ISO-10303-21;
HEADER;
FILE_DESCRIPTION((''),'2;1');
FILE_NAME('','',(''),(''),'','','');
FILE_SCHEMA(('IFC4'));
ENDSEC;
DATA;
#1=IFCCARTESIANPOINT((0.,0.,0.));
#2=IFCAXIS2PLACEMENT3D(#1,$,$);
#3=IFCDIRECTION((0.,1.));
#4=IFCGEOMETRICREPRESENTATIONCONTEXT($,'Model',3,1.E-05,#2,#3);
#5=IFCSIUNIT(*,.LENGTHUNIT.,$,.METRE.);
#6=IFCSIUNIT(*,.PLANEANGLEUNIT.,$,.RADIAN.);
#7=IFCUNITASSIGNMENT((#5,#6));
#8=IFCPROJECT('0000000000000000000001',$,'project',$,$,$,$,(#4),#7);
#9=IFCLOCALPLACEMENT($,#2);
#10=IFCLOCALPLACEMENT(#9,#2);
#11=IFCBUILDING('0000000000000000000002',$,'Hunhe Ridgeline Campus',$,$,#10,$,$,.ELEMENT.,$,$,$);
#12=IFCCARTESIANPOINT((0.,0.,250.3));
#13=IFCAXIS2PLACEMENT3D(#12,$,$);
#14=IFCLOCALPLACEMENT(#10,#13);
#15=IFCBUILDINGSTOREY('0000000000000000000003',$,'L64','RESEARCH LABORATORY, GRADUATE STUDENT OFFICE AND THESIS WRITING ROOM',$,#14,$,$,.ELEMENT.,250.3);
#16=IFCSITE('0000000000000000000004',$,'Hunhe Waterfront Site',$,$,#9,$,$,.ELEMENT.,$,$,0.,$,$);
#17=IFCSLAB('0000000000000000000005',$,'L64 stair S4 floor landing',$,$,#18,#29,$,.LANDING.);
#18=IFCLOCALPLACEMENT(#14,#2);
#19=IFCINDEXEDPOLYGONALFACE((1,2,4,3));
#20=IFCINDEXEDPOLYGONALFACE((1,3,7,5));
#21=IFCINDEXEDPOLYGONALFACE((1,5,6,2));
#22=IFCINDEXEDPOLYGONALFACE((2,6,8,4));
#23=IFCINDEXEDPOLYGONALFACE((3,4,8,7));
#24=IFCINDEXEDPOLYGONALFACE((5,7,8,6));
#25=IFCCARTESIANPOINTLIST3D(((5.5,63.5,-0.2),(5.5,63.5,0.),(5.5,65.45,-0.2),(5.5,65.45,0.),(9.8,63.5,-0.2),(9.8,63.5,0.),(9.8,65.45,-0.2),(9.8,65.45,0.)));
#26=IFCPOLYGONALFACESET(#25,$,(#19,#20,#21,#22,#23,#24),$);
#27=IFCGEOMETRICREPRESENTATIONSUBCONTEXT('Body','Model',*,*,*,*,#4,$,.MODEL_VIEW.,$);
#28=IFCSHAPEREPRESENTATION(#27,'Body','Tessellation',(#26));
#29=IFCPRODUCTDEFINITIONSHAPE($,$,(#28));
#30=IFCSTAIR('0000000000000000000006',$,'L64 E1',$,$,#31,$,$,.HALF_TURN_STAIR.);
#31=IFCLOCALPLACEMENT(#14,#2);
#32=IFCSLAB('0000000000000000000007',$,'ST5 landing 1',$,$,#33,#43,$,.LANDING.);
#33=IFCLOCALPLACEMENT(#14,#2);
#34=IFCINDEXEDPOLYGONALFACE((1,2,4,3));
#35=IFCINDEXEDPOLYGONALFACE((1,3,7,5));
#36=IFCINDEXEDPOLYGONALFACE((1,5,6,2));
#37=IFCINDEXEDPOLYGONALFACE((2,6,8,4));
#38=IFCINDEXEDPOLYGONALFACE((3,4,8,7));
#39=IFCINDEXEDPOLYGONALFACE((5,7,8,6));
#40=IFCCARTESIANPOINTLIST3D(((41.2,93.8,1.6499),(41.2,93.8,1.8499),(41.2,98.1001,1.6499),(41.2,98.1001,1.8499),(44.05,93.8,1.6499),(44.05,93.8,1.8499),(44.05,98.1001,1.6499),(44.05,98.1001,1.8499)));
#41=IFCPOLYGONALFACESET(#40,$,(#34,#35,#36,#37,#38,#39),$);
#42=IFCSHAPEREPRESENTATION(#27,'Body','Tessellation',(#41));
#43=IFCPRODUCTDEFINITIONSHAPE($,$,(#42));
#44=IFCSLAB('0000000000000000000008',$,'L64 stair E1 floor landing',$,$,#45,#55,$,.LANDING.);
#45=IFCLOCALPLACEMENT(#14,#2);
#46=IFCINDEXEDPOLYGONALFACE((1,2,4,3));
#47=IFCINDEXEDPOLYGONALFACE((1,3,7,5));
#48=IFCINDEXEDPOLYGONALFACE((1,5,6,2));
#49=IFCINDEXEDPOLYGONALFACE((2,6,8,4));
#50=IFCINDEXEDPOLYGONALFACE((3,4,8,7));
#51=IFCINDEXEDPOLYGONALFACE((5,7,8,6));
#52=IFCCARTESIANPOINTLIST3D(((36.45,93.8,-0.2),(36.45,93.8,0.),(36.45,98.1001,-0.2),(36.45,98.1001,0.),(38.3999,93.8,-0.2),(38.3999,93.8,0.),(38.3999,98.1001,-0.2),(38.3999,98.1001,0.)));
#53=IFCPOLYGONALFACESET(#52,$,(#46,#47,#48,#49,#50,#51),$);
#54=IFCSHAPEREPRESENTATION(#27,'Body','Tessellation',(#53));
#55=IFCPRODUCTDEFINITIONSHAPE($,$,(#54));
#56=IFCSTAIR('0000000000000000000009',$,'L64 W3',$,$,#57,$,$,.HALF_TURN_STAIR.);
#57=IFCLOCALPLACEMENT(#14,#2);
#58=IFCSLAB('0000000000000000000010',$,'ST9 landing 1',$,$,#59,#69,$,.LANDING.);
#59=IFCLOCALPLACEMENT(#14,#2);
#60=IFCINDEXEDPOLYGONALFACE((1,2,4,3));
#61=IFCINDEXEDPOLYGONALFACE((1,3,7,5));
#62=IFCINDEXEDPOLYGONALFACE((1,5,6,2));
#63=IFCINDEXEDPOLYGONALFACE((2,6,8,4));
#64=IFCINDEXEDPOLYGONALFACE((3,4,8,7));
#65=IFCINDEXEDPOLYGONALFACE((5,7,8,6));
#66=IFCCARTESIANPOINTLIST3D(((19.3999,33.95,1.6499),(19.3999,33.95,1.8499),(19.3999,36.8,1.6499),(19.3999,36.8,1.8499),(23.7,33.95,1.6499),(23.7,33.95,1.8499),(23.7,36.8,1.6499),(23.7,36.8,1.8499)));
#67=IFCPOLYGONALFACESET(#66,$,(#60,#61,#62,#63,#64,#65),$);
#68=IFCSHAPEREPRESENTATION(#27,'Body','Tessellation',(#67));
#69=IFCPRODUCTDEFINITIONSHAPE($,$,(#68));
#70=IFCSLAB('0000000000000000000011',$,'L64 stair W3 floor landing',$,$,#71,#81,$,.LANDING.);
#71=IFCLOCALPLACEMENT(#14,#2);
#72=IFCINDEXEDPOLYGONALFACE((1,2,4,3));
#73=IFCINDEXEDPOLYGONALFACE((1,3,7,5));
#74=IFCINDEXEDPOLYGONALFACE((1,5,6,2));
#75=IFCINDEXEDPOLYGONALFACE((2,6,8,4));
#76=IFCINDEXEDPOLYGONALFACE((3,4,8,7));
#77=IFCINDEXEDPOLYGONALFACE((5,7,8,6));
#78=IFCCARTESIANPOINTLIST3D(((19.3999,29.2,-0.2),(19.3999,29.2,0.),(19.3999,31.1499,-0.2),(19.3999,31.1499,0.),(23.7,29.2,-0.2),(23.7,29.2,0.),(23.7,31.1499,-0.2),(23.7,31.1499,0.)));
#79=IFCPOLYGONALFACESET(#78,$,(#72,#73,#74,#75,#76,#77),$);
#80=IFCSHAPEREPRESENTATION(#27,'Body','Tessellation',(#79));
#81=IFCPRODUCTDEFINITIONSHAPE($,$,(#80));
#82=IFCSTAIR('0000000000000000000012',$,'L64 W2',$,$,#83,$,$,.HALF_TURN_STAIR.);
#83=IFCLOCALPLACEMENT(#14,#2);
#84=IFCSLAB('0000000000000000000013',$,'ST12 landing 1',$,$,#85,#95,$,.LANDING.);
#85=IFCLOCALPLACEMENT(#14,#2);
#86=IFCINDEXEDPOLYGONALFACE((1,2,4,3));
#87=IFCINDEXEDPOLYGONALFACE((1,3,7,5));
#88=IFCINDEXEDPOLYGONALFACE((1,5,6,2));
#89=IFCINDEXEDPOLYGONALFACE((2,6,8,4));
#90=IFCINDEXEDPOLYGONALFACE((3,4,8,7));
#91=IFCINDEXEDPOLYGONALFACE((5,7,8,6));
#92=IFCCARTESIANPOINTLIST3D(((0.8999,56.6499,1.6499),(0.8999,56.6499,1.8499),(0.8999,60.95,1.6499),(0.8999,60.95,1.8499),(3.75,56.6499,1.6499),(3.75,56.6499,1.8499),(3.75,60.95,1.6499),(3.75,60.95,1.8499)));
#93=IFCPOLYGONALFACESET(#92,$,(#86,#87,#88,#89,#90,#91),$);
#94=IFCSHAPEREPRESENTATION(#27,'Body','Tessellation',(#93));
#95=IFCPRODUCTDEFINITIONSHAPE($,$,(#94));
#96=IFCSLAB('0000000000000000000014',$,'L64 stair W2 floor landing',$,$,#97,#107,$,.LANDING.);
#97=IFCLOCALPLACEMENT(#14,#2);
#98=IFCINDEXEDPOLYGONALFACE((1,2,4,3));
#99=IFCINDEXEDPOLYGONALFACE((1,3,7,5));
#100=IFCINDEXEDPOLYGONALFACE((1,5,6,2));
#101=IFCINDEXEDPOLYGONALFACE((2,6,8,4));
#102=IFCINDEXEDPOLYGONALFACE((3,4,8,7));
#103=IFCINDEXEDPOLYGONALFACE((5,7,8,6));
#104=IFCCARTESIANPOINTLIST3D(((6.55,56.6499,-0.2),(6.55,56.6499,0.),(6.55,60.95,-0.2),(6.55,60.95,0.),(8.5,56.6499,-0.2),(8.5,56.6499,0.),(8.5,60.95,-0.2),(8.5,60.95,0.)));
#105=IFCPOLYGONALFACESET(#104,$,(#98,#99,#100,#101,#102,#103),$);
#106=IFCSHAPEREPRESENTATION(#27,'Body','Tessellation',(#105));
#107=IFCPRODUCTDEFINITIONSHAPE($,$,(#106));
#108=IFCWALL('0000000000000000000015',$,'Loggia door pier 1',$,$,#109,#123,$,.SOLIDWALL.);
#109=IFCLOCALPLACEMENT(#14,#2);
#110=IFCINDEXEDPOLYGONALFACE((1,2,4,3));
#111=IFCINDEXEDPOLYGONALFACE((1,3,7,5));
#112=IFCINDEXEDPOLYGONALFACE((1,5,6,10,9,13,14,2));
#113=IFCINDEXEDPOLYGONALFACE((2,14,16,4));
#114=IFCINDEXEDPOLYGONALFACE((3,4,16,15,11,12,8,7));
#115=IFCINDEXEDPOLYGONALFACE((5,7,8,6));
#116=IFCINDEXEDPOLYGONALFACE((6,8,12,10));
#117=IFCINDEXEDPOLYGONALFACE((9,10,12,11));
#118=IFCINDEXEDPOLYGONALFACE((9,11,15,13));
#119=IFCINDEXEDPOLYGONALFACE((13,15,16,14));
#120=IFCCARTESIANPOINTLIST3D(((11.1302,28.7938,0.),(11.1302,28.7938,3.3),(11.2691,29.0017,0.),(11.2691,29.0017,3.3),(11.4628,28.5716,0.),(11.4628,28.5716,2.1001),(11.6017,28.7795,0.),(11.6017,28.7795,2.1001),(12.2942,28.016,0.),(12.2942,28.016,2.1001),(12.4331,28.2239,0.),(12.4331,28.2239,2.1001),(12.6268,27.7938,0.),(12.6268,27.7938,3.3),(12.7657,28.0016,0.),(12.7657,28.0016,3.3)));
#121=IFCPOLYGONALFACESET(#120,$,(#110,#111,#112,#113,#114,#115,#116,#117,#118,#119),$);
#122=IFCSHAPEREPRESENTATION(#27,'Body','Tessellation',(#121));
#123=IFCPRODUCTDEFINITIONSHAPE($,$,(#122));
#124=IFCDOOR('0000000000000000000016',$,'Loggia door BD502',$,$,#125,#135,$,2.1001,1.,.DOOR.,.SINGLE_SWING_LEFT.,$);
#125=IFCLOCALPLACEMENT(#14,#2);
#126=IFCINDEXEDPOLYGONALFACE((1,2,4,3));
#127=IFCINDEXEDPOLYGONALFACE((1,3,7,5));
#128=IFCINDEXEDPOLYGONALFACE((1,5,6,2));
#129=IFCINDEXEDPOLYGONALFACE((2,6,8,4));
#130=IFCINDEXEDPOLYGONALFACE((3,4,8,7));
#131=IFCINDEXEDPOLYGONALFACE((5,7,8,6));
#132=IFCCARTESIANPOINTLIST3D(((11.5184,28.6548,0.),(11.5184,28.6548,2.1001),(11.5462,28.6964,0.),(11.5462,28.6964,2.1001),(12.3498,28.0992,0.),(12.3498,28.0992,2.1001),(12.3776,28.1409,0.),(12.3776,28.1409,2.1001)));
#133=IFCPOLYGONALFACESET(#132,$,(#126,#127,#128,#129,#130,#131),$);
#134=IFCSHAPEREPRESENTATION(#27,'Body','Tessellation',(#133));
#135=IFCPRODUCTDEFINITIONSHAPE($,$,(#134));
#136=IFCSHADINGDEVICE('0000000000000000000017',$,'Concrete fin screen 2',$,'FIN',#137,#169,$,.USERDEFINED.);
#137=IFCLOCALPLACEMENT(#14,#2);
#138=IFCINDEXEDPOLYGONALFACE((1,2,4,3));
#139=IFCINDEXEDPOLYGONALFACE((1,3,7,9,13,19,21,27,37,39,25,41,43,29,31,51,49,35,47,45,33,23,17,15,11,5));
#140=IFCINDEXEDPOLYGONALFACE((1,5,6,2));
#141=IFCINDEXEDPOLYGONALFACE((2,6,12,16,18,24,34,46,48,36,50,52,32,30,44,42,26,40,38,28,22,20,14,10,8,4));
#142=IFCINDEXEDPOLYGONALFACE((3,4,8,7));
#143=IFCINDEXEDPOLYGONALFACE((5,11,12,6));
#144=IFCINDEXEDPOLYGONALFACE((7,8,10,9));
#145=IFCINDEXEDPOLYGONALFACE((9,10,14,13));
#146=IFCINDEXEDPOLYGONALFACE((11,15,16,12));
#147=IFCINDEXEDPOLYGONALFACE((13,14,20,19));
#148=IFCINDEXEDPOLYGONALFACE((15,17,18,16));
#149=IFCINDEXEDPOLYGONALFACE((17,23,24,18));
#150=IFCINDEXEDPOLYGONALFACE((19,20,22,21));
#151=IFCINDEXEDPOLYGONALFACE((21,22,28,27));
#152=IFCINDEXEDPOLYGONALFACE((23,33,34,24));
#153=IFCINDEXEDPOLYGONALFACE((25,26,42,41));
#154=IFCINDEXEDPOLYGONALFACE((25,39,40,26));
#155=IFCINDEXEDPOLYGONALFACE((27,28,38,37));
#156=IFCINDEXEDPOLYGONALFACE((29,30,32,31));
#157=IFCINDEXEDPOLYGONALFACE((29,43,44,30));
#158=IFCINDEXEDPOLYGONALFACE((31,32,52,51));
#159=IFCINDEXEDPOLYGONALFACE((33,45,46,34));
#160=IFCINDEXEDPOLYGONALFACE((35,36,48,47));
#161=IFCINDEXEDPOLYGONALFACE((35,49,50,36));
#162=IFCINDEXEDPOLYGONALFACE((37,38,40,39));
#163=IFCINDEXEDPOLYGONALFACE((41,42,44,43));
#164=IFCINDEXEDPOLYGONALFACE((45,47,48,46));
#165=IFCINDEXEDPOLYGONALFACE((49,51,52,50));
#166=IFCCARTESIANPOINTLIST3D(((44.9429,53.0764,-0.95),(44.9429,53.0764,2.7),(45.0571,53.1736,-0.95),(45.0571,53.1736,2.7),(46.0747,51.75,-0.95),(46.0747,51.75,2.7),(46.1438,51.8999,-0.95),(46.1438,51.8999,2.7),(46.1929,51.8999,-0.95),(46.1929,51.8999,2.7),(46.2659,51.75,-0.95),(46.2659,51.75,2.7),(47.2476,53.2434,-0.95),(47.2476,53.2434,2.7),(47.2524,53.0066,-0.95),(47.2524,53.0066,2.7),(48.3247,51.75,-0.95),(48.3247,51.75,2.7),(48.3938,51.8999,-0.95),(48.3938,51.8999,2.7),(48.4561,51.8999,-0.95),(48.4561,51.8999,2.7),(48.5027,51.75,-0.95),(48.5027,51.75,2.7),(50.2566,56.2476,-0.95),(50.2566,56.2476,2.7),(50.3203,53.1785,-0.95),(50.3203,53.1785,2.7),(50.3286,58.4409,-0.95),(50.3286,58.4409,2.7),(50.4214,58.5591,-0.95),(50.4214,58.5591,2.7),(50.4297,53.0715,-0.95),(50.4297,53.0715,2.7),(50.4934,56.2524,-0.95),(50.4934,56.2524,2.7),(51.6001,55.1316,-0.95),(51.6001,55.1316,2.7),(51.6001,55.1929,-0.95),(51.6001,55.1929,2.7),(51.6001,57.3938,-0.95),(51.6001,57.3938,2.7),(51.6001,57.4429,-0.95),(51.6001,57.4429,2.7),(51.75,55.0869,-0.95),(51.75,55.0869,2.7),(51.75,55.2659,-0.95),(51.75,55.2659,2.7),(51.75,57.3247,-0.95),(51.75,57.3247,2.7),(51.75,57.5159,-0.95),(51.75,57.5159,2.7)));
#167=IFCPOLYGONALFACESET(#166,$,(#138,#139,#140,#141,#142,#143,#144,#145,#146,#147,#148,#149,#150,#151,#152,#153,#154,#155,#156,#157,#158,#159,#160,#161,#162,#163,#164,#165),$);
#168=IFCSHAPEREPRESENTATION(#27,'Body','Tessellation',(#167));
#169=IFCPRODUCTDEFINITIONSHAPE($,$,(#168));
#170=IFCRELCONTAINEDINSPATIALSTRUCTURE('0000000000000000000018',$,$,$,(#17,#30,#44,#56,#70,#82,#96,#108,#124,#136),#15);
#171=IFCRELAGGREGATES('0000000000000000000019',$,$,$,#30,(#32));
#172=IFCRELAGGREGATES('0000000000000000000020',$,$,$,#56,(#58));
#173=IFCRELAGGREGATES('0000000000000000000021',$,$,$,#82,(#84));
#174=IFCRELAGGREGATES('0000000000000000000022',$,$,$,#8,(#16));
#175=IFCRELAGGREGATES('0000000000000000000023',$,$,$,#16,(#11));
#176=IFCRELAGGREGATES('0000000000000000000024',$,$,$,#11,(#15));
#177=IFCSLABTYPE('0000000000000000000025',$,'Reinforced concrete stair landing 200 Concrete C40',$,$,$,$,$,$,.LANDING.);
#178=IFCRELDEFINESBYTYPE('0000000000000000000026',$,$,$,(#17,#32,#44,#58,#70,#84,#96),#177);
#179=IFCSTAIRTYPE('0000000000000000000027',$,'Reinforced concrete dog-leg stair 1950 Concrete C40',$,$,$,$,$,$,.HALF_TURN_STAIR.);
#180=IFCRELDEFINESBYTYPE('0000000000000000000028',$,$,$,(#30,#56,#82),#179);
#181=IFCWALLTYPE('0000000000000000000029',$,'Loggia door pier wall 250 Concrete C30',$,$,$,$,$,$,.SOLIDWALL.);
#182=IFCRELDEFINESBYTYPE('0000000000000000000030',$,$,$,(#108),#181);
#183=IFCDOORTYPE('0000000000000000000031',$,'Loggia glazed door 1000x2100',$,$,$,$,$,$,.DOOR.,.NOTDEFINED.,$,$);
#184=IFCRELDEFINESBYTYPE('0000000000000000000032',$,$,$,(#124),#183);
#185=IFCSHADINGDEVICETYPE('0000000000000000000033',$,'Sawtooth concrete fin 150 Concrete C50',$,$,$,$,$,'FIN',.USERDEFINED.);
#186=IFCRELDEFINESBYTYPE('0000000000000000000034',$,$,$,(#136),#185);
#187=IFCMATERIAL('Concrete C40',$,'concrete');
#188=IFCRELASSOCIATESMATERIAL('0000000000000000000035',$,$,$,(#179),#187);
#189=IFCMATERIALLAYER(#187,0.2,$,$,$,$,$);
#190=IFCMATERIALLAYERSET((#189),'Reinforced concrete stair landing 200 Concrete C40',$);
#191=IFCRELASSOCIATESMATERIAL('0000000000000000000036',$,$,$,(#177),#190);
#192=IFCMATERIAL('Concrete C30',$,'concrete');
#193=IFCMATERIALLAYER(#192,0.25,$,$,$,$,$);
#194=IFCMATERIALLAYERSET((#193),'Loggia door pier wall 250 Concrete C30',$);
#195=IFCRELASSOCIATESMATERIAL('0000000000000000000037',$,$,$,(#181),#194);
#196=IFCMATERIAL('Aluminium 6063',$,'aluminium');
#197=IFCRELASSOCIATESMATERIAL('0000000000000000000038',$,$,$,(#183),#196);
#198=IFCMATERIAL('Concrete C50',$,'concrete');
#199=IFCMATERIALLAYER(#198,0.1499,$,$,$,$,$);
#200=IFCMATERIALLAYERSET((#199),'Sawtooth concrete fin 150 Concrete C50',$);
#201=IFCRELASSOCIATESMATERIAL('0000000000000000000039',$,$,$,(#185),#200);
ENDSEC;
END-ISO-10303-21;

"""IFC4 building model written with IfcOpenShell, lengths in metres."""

from ifc_helpers import new_model, si_unit, direction, frame, frame_2d, origin, place, context, subcontext, project, spatial, polyline, rectangle, outline, extrude, material, layer, layer_set, type_object, element, fill, aggregate, save


model = new_model("IFC4")

# Units and contexts
model_context = context("Model", 3, precision=1e-05, world=origin(), true_north=direction((0.0, 1.0)))
body_context = subcontext(model_context, "Body", "Model", "MODEL_VIEW")
ifc_project = project(units=[si_unit("LENGTHUNIT", "METRE"), si_unit("PLANEANGLEUNIT", "RADIAN")], contexts=[model_context])

# Site, building, storey
site_placement = place(None, origin())
site = spatial("IfcSite", under=ifc_project, at=site_placement, Name="Hunhe Waterfront Site", CompositionType="ELEMENT", RefElevation=0.0)
building_placement = place(site_placement, origin())
building = spatial("IfcBuilding", under=site, at=building_placement, Name="Hunhe Ridgeline Campus", CompositionType="ELEMENT")
storey_placement = place(building_placement, frame((0.0, 0.0, 250.3)))
storey = spatial("IfcBuildingStorey", under=building, at=storey_placement, Name="L64", Description="RESEARCH LABORATORY, GRADUATE STUDENT OFFICE AND THESIS WRITING ROOM", CompositionType="ELEMENT", Elevation=250.3)

# Shared definitions
ifc_material_1 = material(Name="Aluminium 6063", Category="aluminium")

# Shared definitions
ifc_material_2 = material(Name="Concrete C50", Category="concrete")

# Shared definitions
ifc_material_3 = material(Name="Concrete C40", Category="concrete")

# Shared definitions
stair_type = type_object("IfcStairType", Name="Reinforced concrete dog-leg stair 1950 Concrete C40", PredefinedType="HALF_TURN_STAIR", material=ifc_material_3)
ifc_layer_1 = layer(ifc_material_3, 0.2)
ifc_layer_set_1 = layer_set([ifc_layer_1], Name="Reinforced concrete stair landing 200 Concrete C40")
slab_type_1 = type_object("IfcSlabType", Name="Reinforced concrete stair landing 200 Concrete C40", PredefinedType="LANDING", material=ifc_layer_set_1)

# Slab
slab_1_placement = place(storey_placement, frame((0.0, 0.0, -0.2)))
element("IfcSlab", 1, at=slab_1_placement, inside=storey, type_object=slab_type_1, Name="L64 stair S4 floor landing", PredefinedType="LANDING", context=body_context, shape_type="SweptSolid", body=[
    extrude(outline(polyline([(9.8, 63.5), (9.8, 65.45), (5.5, 65.45), (5.5, 63.5), (9.8, 63.5)])), origin(), (0.0, 0.0, 1.0), 0.2),
])

# Stair, slab
stair_1_placement = place(storey_placement, origin())
stair_1 = element("IfcStair", 2, at=stair_1_placement, inside=storey, type_object=stair_type, Name="L64 E1", PredefinedType="HALF_TURN_STAIR")
slab_2_placement = place(storey_placement, frame((0.0, 0.0, 1.6499)))
slab_2 = element("IfcSlab", 3, at=slab_2_placement, type_object=slab_type_1, Name="ST5 landing 1", PredefinedType="LANDING", context=body_context, shape_type="SweptSolid", body=[
    extrude(outline(polyline([(41.2, 93.8), (44.05, 93.8), (44.05, 98.1001), (41.2, 98.1001), (41.2, 93.8)])), origin(), (0.0, 0.0, 1.0), 0.2),
])
aggregate(stair_1, [slab_2])

# Slab
slab_3_placement = place(storey_placement, frame((0.0, 0.0, -0.2)))
element("IfcSlab", 4, at=slab_3_placement, inside=storey, type_object=slab_type_1, Name="L64 stair E1 floor landing", PredefinedType="LANDING", context=body_context, shape_type="SweptSolid", body=[
    extrude(outline(polyline([(36.45, 93.8), (38.3999, 93.8), (38.3999, 98.1001), (36.45, 98.1001), (36.45, 93.8)])), origin(), (0.0, 0.0, 1.0), 0.2),
])

# Stair, slab
stair_2_placement = place(storey_placement, origin())
stair_2 = element("IfcStair", 5, at=stair_2_placement, inside=storey, type_object=stair_type, Name="L64 W3", PredefinedType="HALF_TURN_STAIR")
slab_4_placement = place(storey_placement, frame((0.0, 0.0, 1.6499)))
slab_4 = element("IfcSlab", 6, at=slab_4_placement, type_object=slab_type_1, Name="ST9 landing 1", PredefinedType="LANDING", context=body_context, shape_type="SweptSolid", body=[
    extrude(outline(polyline([(23.7, 33.95), (23.7, 36.8), (19.3999, 36.8), (19.3999, 33.95), (23.7, 33.95)])), origin(), (0.0, 0.0, 1.0), 0.2),
])
aggregate(stair_2, [slab_4])

# Slab
slab_5_placement = place(storey_placement, frame((0.0, 0.0, -0.2)))
element("IfcSlab", 7, at=slab_5_placement, inside=storey, type_object=slab_type_1, Name="L64 stair W3 floor landing", PredefinedType="LANDING", context=body_context, shape_type="SweptSolid", body=[
    extrude(outline(polyline([(23.7, 29.2), (23.7, 31.1499), (19.3999, 31.1499), (19.3999, 29.2), (23.7, 29.2)])), origin(), (0.0, 0.0, 1.0), 0.2),
])

# Stair, slab
stair_3_placement = place(storey_placement, origin())
stair_3 = element("IfcStair", 8, at=stair_3_placement, inside=storey, type_object=stair_type, Name="L64 W2", PredefinedType="HALF_TURN_STAIR")
slab_6_placement = place(storey_placement, frame((0.0, 0.0, 1.6499)))
slab_6 = element("IfcSlab", 9, at=slab_6_placement, type_object=slab_type_1, Name="ST12 landing 1", PredefinedType="LANDING", context=body_context, shape_type="SweptSolid", body=[
    extrude(outline(polyline([(3.75, 60.95), (0.8999, 60.95), (0.8999, 56.6499), (3.75, 56.6499), (3.75, 60.95)])), origin(), (0.0, 0.0, 1.0), 0.2),
])
aggregate(stair_3, [slab_6])

# Slab
slab_7_placement = place(storey_placement, frame((0.0, 0.0, -0.2)))
element("IfcSlab", 10, at=slab_7_placement, inside=storey, type_object=slab_type_1, Name="L64 stair W2 floor landing", PredefinedType="LANDING", context=body_context, shape_type="SweptSolid", body=[
    extrude(outline(polyline([(8.5, 60.95), (6.55, 60.95), (6.55, 56.6499), (8.5, 56.6499), (8.5, 60.95)])), origin(), (0.0, 0.0, 1.0), 0.2),
])

# Wall, opening, door
ifc_material_4 = material(Name="Concrete C30", Category="concrete")
ifc_layer_2 = layer(ifc_material_4, 0.25)
ifc_layer_set_2 = layer_set([ifc_layer_2], Name="Loggia door pier wall 250 Concrete C30")
wall_type = type_object("IfcWallType", Name="Loggia door pier wall 250 Concrete C30", PredefinedType="SOLIDWALL", material=ifc_layer_set_2)
wall_placement = place(storey_placement, frame((11.1997, 28.8977, 0.0), z_axis=(0.0, 0.0, 1.0), x_axis=(0.831466, -0.555576, 0.0)))
wall = element("IfcWall", 11, at=wall_placement, inside=storey, type_object=wall_type, Name="Loggia door pier 1", PredefinedType="SOLIDWALL", context=body_context, shape_type="SweptSolid", body=[
    extrude(rectangle(XDim=1.8, YDim=0.25, at=frame_2d((0.8999, 0.0))), origin(), (0.0, 0.0, 1.0), 3.3),
])
opening_placement = place(wall_placement, frame((0.3999, 0.0, 0.0)))
opening = element("IfcOpeningElement", 12, at=opening_placement, cuts=wall, PredefinedType="OPENING", context=body_context, shape_type="SweptSolid", body=[
    extrude(rectangle(XDim=1.0, YDim=2.1001, at=frame_2d((0.5, 1.05))), frame((0.0, 0.125, 0.0), z_axis=(0.0, -1.0, 0.0), x_axis=(1.0, 0.0, 0.0)), (0.0, 0.0, 1.0), 0.25),
])
door_type = type_object("IfcDoorType", Name="Loggia glazed door 1000x2100", OperationType="NOTDEFINED", PredefinedType="DOOR", material=ifc_material_1)
door_placement = place(opening_placement, frame((1.0, 0.0, 0.0), z_axis=(0.0, 0.0, 1.0), x_axis=(-1.0, 0.0, 0.0)))
door = element("IfcDoor", 13, at=door_placement, inside=storey, type_object=door_type, Name="Loggia door BD502", OperationType="SINGLE_SWING_LEFT", OverallHeight=2.1001, OverallWidth=1.0, PredefinedType="DOOR", context=body_context, shape_type="SweptSolid", body=[
    extrude(rectangle(XDim=1.0, YDim=2.1001, at=frame_2d((0.5, 1.05))), frame((0.0, 0.0249, 0.0), z_axis=(0.0, -1.0, 0.0), x_axis=(1.0, 0.0, 0.0)), (0.0, 0.0, 1.0), 0.05),
])
fill(opening, door)

# Shading device
ifc_layer_3 = layer(ifc_material_2, 0.1499)
ifc_layer_set_3 = layer_set([ifc_layer_3], Name="Sawtooth concrete fin 150 Concrete C50")
shading_device_type = type_object("IfcShadingDeviceType", Name="Sawtooth concrete fin 150 Concrete C50", ElementType="FIN", PredefinedType="USERDEFINED", material=ifc_layer_set_3)
shading_device_1_placement = place(storey_placement, frame((0.0, 0.0, -0.95)))
element("IfcShadingDevice", 14, at=shading_device_1_placement, inside=storey, type_object=shading_device_type, Name="Concrete fin screen 2", ObjectType="FIN", PredefinedType="USERDEFINED", context=body_context, shape_type="SweptSolid", body=[
    extrude(outline(polyline([(45.0571, 53.1736), (44.9429, 53.0764), (46.0747, 51.75), (46.2659, 51.75), (47.2524, 53.0066), (48.3247, 51.75), (48.5027, 51.75), (50.4297, 53.0715), (51.75, 55.0869), (51.75, 55.2659), (50.4934, 56.2524), (51.75, 57.3247), (51.75, 57.5159), (50.4214, 58.5591), (50.3286, 58.4409), (51.6001, 57.4429), (51.6001, 57.3938), (50.2566, 56.2476), (51.6001, 55.1929), (51.6001, 55.1316), (50.3203, 53.1785), (48.4561, 51.8999), (48.3938, 51.8999), (47.2476, 53.2434), (46.1929, 51.8999), (46.1438, 51.8999), (45.0571, 53.1736)])), origin(), (0.0, 0.0, 1.0), 3.6499),
])

save(model, "model.ifc")
